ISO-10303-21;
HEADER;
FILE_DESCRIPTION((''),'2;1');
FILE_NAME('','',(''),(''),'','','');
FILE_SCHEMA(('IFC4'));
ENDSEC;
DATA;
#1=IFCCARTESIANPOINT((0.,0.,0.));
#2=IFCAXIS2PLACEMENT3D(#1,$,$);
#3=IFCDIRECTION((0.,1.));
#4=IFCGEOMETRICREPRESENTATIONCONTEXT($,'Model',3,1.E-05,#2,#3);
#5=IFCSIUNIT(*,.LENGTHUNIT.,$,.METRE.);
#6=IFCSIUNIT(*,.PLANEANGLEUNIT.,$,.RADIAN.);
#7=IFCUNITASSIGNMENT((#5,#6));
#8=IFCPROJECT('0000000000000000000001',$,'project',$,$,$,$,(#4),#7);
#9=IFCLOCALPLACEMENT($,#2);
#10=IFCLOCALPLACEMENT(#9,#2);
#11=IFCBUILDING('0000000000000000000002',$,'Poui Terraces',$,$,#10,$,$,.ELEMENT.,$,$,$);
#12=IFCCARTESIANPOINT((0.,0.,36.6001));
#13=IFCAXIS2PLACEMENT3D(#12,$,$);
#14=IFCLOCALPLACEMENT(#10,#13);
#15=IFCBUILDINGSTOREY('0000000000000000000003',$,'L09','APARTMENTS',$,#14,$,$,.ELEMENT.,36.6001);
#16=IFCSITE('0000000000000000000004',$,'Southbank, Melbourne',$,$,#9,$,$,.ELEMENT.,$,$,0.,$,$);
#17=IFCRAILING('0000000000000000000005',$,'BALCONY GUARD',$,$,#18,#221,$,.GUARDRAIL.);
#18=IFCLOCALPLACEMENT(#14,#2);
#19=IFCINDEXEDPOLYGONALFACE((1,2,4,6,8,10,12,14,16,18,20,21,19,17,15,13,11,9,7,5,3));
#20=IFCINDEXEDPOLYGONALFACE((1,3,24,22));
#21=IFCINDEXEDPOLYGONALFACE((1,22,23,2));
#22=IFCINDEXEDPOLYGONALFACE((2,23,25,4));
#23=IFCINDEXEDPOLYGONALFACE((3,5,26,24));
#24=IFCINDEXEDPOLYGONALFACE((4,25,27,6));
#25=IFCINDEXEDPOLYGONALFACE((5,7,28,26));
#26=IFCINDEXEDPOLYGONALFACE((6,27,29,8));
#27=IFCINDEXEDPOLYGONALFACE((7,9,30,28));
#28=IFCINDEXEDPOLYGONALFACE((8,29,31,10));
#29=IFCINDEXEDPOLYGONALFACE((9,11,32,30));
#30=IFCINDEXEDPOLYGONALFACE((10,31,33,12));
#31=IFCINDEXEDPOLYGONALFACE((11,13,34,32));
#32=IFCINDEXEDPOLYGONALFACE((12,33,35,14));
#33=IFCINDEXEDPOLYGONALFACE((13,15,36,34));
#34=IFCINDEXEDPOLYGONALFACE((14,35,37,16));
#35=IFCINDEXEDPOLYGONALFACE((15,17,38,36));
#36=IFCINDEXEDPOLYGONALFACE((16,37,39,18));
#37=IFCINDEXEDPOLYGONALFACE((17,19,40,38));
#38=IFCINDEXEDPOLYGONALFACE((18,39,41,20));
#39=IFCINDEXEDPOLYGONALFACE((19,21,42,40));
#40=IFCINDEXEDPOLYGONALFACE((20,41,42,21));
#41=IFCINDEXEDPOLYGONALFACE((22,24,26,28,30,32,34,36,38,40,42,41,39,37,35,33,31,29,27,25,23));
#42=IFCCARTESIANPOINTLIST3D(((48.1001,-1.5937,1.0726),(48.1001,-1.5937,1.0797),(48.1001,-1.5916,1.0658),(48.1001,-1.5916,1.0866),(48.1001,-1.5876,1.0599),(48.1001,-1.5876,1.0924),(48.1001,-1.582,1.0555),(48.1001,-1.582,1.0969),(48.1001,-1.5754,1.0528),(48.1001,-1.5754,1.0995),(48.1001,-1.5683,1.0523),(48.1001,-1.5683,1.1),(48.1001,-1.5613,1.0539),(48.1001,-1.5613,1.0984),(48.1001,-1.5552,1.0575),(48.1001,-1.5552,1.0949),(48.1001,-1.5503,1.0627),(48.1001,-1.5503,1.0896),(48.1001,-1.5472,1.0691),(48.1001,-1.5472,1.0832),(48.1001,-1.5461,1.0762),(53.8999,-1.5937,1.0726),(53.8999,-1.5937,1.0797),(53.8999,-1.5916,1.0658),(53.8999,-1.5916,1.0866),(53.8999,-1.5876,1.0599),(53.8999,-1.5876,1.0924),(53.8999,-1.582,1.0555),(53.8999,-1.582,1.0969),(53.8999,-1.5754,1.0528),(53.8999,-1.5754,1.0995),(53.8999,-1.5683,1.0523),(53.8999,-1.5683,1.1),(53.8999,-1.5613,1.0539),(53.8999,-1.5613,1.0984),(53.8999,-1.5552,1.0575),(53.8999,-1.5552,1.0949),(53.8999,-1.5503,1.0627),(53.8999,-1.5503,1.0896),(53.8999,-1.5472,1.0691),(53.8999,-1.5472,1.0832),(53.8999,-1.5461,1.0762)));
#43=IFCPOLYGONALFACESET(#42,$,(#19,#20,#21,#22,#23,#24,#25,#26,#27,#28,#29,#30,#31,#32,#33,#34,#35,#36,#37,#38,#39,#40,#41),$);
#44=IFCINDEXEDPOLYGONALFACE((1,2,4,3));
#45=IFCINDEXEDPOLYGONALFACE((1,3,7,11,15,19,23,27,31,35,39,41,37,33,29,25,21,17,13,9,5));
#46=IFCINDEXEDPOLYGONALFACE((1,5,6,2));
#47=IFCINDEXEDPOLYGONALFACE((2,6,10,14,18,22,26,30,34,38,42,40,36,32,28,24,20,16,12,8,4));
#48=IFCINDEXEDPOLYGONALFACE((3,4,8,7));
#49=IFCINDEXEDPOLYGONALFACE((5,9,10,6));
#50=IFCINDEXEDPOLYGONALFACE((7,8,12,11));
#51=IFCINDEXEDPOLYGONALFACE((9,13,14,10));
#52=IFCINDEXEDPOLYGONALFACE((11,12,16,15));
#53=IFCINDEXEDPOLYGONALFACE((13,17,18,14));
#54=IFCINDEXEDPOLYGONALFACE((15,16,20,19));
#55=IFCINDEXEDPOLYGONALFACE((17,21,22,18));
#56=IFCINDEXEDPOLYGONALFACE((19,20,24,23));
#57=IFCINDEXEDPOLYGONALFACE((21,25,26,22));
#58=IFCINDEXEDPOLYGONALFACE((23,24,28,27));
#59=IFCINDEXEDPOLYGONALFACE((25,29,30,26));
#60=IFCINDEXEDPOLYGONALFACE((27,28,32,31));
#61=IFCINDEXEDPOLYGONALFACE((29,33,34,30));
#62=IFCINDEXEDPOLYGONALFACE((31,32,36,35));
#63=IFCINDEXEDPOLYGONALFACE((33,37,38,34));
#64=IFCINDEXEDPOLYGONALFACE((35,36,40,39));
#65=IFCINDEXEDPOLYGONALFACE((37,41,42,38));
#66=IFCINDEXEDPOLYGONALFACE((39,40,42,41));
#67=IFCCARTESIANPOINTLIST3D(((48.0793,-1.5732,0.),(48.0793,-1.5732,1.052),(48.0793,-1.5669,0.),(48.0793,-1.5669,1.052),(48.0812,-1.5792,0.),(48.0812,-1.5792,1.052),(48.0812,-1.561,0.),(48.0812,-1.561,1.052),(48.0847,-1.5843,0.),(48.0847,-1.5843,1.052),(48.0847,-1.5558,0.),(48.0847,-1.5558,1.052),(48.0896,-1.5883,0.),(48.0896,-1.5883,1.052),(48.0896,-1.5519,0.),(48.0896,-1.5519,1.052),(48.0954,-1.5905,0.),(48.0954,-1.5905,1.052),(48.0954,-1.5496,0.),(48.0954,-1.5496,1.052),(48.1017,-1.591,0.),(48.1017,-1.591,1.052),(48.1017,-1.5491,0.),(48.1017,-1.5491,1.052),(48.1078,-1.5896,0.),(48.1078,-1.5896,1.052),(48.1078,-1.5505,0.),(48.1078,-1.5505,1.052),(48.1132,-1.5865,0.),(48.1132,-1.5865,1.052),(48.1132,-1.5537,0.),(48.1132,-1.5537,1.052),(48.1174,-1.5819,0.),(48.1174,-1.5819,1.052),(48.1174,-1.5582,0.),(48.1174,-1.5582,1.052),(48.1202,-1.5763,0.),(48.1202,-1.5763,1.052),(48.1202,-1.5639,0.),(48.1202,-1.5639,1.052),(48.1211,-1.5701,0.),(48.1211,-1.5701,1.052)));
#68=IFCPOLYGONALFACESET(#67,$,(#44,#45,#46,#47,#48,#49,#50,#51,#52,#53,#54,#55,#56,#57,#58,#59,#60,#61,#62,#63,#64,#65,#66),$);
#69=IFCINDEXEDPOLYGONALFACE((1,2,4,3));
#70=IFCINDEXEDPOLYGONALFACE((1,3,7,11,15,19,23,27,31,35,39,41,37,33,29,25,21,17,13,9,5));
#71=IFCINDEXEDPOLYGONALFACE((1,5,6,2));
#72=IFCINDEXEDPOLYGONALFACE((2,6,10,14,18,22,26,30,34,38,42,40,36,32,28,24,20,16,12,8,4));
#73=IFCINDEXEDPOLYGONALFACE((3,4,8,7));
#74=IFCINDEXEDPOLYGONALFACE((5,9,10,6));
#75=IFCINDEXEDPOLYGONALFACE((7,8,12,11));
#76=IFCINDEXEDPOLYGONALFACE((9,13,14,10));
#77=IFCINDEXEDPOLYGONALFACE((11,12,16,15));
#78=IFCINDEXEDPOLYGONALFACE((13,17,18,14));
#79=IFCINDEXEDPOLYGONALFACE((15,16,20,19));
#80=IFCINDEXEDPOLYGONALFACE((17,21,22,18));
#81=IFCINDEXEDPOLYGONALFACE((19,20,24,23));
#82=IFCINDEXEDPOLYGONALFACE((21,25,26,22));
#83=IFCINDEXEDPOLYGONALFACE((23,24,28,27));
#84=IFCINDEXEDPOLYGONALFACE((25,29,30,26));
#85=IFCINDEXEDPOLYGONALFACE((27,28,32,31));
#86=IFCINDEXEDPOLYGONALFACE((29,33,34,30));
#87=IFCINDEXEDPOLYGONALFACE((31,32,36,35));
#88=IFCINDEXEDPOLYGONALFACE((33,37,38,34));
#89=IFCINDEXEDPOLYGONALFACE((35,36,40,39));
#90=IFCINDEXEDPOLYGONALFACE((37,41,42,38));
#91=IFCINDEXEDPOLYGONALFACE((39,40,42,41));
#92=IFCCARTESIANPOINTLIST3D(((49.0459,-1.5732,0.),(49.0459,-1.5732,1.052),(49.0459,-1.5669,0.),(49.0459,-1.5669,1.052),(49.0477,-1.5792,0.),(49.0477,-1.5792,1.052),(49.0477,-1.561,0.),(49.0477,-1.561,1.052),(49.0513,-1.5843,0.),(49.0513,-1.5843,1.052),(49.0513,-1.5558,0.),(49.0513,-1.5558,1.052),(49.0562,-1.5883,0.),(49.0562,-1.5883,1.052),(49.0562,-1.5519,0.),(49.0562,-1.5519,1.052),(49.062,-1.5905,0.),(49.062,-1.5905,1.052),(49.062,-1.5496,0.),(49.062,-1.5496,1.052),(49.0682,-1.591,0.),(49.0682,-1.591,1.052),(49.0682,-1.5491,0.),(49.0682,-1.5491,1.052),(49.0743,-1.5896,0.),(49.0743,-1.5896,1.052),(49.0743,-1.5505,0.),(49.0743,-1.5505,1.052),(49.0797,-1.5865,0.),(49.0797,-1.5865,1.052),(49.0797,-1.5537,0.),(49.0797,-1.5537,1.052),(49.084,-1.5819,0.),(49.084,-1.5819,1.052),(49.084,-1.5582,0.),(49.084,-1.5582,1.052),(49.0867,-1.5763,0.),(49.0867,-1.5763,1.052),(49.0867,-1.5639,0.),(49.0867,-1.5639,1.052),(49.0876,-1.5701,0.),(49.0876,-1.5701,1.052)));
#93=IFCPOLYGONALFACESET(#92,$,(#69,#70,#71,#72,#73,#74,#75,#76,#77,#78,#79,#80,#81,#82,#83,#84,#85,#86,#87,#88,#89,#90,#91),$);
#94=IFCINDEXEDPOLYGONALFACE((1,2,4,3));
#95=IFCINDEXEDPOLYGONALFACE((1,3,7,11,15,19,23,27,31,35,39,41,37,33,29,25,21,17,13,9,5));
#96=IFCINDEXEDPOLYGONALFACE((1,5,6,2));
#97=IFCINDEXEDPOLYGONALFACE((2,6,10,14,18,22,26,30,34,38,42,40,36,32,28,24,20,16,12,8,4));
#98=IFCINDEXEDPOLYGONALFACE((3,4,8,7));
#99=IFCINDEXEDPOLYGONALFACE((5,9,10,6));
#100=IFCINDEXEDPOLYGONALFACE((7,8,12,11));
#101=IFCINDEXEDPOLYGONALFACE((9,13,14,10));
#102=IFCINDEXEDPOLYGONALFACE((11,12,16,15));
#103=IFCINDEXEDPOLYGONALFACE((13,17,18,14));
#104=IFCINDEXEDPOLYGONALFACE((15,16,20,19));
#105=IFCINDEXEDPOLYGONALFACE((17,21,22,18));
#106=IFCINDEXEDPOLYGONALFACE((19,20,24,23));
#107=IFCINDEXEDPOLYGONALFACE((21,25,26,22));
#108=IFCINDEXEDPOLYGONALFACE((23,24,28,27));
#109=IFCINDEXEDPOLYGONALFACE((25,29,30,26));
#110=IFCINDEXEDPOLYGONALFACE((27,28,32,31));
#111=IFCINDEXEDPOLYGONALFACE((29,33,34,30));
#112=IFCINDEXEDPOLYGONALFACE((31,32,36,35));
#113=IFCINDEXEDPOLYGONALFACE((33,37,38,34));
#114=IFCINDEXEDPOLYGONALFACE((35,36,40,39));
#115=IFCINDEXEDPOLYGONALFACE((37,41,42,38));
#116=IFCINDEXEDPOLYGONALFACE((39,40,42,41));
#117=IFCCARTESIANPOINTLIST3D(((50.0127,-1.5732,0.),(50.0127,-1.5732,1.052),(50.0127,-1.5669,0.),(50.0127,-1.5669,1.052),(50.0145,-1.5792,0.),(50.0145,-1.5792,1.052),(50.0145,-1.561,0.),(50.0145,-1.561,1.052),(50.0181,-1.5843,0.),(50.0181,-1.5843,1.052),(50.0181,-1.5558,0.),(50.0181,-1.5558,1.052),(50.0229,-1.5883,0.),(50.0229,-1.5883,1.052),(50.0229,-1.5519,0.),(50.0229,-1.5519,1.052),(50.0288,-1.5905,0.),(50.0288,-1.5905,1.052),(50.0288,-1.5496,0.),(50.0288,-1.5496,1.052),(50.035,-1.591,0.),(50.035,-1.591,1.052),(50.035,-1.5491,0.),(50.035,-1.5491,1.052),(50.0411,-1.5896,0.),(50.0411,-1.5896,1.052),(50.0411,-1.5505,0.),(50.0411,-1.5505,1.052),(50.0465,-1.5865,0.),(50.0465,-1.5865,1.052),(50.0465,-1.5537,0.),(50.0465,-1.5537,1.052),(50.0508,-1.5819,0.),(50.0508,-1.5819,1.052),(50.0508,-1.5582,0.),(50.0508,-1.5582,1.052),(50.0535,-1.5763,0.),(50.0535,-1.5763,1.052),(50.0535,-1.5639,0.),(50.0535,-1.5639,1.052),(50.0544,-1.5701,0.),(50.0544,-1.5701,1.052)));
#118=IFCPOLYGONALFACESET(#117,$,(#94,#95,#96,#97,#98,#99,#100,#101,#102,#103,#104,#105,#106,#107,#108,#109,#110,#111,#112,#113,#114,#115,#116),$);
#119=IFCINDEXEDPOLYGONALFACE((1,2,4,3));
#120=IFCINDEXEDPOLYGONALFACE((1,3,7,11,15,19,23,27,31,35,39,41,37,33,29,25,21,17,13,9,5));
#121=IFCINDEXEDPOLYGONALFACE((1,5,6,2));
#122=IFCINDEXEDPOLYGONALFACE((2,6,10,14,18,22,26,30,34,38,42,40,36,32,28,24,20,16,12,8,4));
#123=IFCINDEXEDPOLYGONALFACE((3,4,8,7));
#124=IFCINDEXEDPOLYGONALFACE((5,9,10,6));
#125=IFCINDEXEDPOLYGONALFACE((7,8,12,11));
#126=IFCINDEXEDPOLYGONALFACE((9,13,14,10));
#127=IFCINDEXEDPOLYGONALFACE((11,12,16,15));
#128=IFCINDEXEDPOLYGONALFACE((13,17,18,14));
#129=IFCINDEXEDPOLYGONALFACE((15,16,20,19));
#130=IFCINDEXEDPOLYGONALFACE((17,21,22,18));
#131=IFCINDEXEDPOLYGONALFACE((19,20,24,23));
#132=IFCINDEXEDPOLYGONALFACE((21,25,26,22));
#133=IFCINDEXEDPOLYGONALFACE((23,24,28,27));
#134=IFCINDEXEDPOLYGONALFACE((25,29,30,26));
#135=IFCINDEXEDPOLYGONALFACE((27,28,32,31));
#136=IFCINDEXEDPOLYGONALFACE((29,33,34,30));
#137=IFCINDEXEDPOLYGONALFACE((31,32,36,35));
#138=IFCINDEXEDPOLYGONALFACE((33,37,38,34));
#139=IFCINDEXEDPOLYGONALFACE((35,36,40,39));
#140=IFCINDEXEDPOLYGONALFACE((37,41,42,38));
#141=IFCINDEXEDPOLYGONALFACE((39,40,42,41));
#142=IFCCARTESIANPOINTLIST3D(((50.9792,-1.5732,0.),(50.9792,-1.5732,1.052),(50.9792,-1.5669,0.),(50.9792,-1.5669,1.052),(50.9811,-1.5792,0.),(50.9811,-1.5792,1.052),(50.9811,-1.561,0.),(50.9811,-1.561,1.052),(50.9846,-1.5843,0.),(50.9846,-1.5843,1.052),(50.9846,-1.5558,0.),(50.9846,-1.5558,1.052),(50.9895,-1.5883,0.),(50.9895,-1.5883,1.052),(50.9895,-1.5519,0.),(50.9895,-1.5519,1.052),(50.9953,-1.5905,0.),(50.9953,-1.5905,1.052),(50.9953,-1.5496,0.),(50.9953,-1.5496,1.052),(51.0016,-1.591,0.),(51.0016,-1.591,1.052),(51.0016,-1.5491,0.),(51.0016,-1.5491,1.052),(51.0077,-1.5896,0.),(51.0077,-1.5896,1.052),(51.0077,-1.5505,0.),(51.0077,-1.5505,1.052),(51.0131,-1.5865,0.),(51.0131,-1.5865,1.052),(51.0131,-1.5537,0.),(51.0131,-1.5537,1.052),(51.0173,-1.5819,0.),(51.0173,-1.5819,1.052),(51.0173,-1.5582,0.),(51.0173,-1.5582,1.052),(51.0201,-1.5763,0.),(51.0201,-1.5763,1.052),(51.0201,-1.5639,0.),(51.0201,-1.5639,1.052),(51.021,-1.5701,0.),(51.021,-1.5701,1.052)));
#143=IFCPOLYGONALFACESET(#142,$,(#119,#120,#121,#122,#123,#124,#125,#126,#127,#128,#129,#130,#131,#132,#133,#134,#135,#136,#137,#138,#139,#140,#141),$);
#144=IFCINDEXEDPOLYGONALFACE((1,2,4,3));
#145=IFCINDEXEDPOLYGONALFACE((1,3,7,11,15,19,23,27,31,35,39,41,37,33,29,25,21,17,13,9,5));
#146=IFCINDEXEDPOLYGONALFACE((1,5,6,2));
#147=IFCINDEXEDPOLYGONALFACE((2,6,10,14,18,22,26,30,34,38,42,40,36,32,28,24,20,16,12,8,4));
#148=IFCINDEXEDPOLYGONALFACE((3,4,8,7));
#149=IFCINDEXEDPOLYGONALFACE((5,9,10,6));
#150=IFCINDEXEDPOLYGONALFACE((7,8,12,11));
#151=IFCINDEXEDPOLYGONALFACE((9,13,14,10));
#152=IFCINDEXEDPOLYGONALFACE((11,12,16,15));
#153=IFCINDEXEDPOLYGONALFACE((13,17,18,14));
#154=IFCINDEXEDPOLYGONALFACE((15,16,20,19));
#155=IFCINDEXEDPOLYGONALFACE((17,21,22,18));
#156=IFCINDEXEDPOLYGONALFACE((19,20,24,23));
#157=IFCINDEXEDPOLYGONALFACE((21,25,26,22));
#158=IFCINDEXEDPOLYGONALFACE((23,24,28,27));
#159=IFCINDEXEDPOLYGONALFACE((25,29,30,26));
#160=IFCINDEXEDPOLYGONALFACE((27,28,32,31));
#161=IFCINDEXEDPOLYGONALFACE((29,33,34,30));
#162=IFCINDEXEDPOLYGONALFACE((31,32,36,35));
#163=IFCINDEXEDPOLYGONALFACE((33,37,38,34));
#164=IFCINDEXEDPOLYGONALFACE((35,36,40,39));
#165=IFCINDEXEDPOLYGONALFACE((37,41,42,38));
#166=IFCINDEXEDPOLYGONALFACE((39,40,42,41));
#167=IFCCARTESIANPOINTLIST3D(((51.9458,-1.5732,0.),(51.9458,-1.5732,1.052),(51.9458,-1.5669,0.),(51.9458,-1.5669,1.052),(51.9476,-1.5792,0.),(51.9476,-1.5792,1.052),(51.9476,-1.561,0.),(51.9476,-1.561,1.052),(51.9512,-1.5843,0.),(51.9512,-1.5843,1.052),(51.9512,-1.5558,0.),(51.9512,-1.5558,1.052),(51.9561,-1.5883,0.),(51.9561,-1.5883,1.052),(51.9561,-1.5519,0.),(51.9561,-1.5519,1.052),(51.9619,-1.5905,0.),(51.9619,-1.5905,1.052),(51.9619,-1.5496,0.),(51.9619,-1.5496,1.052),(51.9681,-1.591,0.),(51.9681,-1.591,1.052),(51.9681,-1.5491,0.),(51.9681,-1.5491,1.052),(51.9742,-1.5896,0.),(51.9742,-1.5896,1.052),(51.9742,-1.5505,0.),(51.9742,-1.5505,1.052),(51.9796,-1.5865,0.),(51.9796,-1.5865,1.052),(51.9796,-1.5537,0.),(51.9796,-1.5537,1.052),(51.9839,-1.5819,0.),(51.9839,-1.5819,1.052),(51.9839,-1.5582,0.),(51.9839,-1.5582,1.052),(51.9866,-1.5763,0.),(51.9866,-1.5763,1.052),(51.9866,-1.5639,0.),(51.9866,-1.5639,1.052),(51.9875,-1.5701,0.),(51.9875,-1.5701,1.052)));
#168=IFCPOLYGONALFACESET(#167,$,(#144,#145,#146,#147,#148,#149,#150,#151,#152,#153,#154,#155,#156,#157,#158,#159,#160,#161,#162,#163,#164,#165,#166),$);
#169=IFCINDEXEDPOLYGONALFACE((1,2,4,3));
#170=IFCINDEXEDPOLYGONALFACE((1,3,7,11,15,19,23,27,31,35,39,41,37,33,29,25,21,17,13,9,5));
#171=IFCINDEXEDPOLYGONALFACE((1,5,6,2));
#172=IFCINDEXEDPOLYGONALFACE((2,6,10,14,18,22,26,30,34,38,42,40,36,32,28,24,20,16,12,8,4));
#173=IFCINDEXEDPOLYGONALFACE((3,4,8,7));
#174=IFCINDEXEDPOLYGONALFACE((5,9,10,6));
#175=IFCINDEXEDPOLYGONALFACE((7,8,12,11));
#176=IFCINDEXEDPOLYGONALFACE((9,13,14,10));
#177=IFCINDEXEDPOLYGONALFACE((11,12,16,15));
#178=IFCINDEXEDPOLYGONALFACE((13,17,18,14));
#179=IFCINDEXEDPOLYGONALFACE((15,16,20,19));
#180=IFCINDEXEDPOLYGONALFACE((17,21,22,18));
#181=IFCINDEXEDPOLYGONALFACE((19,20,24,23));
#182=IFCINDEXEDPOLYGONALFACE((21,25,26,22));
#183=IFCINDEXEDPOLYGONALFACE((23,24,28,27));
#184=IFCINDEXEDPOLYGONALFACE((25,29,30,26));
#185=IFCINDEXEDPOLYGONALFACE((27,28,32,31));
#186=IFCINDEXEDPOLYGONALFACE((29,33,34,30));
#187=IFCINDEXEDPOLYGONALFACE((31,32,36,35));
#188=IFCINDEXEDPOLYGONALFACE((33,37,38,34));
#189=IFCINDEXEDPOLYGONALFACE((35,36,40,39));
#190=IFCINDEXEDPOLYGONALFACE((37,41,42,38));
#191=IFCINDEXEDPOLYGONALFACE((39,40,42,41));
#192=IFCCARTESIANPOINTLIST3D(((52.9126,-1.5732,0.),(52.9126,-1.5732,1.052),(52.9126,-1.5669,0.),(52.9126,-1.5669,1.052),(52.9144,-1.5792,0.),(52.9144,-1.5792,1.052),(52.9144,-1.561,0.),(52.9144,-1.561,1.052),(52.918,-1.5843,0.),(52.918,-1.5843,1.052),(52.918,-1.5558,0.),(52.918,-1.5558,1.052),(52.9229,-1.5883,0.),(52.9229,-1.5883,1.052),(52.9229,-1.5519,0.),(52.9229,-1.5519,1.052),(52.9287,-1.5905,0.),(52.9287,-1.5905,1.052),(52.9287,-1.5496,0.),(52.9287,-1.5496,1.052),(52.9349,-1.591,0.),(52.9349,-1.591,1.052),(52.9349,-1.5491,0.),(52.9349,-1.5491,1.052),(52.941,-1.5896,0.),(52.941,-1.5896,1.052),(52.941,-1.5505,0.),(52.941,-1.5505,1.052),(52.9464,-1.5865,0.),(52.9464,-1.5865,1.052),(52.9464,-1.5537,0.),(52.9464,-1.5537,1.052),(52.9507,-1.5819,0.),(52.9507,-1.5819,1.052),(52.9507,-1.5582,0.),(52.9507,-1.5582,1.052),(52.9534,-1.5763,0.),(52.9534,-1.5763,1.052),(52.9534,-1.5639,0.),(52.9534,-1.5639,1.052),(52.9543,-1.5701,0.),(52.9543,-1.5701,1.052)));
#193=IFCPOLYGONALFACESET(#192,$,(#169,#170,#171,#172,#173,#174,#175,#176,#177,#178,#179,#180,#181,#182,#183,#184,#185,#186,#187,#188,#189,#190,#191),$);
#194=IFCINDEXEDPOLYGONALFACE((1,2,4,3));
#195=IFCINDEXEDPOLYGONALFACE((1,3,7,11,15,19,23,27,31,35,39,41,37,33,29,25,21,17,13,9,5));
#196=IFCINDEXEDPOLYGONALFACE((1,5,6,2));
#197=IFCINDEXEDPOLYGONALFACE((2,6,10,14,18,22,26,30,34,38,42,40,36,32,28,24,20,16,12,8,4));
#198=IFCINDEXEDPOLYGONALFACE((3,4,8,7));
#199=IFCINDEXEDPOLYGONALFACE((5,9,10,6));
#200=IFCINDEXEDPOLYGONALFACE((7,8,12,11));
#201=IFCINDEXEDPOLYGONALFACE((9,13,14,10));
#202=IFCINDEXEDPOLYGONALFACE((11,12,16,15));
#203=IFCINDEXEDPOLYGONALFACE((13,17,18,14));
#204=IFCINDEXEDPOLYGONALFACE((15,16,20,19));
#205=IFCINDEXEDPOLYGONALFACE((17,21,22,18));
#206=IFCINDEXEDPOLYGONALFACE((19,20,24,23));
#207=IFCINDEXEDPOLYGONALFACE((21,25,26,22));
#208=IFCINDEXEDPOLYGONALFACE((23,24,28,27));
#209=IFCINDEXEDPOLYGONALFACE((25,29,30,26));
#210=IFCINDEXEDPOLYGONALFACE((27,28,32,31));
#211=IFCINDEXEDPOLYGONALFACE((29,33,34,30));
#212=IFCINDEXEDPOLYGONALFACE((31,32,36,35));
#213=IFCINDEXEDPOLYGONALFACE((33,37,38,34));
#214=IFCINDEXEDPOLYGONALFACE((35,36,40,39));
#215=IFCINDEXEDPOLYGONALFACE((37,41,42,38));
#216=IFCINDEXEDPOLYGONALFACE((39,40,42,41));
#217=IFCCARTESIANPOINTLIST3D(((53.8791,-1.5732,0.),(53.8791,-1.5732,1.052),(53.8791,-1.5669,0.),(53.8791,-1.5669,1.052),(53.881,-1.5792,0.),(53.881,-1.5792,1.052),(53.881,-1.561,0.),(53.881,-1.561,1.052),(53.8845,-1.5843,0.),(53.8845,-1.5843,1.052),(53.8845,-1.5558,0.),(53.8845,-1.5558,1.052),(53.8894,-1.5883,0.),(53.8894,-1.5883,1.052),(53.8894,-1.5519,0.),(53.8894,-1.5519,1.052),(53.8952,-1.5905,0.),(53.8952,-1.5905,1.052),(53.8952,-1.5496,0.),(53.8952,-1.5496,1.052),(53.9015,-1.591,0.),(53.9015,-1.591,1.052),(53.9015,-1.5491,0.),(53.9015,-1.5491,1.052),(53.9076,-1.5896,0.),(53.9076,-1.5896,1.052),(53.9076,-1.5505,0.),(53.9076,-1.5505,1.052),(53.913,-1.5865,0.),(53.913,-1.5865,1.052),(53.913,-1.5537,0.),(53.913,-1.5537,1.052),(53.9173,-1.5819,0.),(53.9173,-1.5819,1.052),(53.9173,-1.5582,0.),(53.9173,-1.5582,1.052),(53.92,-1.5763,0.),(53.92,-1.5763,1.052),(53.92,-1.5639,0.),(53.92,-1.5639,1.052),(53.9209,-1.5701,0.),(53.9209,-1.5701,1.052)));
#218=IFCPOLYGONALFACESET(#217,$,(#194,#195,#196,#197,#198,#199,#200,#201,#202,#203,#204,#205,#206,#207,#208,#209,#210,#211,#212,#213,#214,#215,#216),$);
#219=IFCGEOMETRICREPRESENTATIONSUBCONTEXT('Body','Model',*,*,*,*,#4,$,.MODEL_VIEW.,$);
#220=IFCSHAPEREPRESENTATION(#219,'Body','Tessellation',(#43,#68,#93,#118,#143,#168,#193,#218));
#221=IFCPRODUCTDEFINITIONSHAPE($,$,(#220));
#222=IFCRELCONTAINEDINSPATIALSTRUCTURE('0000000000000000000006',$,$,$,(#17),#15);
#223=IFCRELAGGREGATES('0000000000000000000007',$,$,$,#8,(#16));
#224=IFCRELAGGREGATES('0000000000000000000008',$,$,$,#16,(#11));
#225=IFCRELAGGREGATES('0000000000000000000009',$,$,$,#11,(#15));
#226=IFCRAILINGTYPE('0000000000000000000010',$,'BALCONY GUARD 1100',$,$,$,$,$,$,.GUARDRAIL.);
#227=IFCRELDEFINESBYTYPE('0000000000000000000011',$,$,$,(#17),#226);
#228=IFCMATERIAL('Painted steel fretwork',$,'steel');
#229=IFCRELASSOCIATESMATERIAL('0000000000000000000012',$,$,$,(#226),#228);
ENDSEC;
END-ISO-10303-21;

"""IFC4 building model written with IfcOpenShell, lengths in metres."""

from ifc_helpers import new_model, si_unit, direction, frame, origin, origin_2d, place, context, subcontext, project, spatial, circle, extrude, material, type_object, element, save


model = new_model("IFC4")

# Units and contexts
model_context = context("Model", 3, precision=1e-05, world=origin(), true_north=direction((0.0, 1.0)))
body_context = subcontext(model_context, "Body", "Model", "MODEL_VIEW")
ifc_project = project(units=[si_unit("LENGTHUNIT", "METRE"), si_unit("PLANEANGLEUNIT", "RADIAN")], contexts=[model_context])

# Site, building, storey
site_placement = place(None, origin())
site = spatial("IfcSite", under=ifc_project, at=site_placement, Name="Southbank, Melbourne", CompositionType="ELEMENT", RefElevation=0.0)
building_placement = place(site_placement, origin())
building = spatial("IfcBuilding", under=site, at=building_placement, Name="Poui Terraces", CompositionType="ELEMENT")
storey_placement = place(building_placement, frame((0.0, 0.0, 36.6001)))
storey = spatial("IfcBuildingStorey", under=building, at=storey_placement, Name="L09", Description="APARTMENTS", CompositionType="ELEMENT", Elevation=36.6001)

# Railing
ifc_material_1 = material(Name="Painted steel fretwork", Category="steel")
railing_type = type_object("IfcRailingType", Name="BALCONY GUARD 1100", PredefinedType="GUARDRAIL", material=ifc_material_1)
railing_placement = place(storey_placement, frame((48.1001, -1.5701, 0.0)))
element("IfcRailing", 1, at=railing_placement, inside=storey, type_object=railing_type, Name="BALCONY GUARD", PredefinedType="GUARDRAIL", context=body_context, shape_type="SweptSolid", body=[
    extrude(circle(Radius=0.0239, at=origin_2d()), frame((0.0, 0.0, 1.0762), z_axis=(1.0, 0.0, 0.0), x_axis=(0.0, 1.0, 0.0)), (0.0, 0.0, 1.0), 5.7998),
    extrude(circle(Radius=0.021, at=origin_2d()), origin(), (0.0, 0.0, 1.0), 1.052),
    extrude(circle(Radius=0.021, at=origin_2d()), frame((0.9666, 0.0, 0.0)), (0.0, 0.0, 1.0), 1.052),
    extrude(circle(Radius=0.021, at=origin_2d()), frame((1.9333, 0.0, 0.0)), (0.0, 0.0, 1.0), 1.052),
    extrude(circle(Radius=0.021, at=origin_2d()), frame((2.8999, 0.0, 0.0)), (0.0, 0.0, 1.0), 1.052),
    extrude(circle(Radius=0.021, at=origin_2d()), frame((3.8665, 0.0, 0.0)), (0.0, 0.0, 1.0), 1.052),
    extrude(circle(Radius=0.021, at=origin_2d()), frame((4.8333, 0.0, 0.0)), (0.0, 0.0, 1.0), 1.052),
    extrude(circle(Radius=0.021, at=origin_2d()), frame((5.7998, 0.0, 0.0)), (0.0, 0.0, 1.0), 1.052),
])

save(model, "model.ifc")
